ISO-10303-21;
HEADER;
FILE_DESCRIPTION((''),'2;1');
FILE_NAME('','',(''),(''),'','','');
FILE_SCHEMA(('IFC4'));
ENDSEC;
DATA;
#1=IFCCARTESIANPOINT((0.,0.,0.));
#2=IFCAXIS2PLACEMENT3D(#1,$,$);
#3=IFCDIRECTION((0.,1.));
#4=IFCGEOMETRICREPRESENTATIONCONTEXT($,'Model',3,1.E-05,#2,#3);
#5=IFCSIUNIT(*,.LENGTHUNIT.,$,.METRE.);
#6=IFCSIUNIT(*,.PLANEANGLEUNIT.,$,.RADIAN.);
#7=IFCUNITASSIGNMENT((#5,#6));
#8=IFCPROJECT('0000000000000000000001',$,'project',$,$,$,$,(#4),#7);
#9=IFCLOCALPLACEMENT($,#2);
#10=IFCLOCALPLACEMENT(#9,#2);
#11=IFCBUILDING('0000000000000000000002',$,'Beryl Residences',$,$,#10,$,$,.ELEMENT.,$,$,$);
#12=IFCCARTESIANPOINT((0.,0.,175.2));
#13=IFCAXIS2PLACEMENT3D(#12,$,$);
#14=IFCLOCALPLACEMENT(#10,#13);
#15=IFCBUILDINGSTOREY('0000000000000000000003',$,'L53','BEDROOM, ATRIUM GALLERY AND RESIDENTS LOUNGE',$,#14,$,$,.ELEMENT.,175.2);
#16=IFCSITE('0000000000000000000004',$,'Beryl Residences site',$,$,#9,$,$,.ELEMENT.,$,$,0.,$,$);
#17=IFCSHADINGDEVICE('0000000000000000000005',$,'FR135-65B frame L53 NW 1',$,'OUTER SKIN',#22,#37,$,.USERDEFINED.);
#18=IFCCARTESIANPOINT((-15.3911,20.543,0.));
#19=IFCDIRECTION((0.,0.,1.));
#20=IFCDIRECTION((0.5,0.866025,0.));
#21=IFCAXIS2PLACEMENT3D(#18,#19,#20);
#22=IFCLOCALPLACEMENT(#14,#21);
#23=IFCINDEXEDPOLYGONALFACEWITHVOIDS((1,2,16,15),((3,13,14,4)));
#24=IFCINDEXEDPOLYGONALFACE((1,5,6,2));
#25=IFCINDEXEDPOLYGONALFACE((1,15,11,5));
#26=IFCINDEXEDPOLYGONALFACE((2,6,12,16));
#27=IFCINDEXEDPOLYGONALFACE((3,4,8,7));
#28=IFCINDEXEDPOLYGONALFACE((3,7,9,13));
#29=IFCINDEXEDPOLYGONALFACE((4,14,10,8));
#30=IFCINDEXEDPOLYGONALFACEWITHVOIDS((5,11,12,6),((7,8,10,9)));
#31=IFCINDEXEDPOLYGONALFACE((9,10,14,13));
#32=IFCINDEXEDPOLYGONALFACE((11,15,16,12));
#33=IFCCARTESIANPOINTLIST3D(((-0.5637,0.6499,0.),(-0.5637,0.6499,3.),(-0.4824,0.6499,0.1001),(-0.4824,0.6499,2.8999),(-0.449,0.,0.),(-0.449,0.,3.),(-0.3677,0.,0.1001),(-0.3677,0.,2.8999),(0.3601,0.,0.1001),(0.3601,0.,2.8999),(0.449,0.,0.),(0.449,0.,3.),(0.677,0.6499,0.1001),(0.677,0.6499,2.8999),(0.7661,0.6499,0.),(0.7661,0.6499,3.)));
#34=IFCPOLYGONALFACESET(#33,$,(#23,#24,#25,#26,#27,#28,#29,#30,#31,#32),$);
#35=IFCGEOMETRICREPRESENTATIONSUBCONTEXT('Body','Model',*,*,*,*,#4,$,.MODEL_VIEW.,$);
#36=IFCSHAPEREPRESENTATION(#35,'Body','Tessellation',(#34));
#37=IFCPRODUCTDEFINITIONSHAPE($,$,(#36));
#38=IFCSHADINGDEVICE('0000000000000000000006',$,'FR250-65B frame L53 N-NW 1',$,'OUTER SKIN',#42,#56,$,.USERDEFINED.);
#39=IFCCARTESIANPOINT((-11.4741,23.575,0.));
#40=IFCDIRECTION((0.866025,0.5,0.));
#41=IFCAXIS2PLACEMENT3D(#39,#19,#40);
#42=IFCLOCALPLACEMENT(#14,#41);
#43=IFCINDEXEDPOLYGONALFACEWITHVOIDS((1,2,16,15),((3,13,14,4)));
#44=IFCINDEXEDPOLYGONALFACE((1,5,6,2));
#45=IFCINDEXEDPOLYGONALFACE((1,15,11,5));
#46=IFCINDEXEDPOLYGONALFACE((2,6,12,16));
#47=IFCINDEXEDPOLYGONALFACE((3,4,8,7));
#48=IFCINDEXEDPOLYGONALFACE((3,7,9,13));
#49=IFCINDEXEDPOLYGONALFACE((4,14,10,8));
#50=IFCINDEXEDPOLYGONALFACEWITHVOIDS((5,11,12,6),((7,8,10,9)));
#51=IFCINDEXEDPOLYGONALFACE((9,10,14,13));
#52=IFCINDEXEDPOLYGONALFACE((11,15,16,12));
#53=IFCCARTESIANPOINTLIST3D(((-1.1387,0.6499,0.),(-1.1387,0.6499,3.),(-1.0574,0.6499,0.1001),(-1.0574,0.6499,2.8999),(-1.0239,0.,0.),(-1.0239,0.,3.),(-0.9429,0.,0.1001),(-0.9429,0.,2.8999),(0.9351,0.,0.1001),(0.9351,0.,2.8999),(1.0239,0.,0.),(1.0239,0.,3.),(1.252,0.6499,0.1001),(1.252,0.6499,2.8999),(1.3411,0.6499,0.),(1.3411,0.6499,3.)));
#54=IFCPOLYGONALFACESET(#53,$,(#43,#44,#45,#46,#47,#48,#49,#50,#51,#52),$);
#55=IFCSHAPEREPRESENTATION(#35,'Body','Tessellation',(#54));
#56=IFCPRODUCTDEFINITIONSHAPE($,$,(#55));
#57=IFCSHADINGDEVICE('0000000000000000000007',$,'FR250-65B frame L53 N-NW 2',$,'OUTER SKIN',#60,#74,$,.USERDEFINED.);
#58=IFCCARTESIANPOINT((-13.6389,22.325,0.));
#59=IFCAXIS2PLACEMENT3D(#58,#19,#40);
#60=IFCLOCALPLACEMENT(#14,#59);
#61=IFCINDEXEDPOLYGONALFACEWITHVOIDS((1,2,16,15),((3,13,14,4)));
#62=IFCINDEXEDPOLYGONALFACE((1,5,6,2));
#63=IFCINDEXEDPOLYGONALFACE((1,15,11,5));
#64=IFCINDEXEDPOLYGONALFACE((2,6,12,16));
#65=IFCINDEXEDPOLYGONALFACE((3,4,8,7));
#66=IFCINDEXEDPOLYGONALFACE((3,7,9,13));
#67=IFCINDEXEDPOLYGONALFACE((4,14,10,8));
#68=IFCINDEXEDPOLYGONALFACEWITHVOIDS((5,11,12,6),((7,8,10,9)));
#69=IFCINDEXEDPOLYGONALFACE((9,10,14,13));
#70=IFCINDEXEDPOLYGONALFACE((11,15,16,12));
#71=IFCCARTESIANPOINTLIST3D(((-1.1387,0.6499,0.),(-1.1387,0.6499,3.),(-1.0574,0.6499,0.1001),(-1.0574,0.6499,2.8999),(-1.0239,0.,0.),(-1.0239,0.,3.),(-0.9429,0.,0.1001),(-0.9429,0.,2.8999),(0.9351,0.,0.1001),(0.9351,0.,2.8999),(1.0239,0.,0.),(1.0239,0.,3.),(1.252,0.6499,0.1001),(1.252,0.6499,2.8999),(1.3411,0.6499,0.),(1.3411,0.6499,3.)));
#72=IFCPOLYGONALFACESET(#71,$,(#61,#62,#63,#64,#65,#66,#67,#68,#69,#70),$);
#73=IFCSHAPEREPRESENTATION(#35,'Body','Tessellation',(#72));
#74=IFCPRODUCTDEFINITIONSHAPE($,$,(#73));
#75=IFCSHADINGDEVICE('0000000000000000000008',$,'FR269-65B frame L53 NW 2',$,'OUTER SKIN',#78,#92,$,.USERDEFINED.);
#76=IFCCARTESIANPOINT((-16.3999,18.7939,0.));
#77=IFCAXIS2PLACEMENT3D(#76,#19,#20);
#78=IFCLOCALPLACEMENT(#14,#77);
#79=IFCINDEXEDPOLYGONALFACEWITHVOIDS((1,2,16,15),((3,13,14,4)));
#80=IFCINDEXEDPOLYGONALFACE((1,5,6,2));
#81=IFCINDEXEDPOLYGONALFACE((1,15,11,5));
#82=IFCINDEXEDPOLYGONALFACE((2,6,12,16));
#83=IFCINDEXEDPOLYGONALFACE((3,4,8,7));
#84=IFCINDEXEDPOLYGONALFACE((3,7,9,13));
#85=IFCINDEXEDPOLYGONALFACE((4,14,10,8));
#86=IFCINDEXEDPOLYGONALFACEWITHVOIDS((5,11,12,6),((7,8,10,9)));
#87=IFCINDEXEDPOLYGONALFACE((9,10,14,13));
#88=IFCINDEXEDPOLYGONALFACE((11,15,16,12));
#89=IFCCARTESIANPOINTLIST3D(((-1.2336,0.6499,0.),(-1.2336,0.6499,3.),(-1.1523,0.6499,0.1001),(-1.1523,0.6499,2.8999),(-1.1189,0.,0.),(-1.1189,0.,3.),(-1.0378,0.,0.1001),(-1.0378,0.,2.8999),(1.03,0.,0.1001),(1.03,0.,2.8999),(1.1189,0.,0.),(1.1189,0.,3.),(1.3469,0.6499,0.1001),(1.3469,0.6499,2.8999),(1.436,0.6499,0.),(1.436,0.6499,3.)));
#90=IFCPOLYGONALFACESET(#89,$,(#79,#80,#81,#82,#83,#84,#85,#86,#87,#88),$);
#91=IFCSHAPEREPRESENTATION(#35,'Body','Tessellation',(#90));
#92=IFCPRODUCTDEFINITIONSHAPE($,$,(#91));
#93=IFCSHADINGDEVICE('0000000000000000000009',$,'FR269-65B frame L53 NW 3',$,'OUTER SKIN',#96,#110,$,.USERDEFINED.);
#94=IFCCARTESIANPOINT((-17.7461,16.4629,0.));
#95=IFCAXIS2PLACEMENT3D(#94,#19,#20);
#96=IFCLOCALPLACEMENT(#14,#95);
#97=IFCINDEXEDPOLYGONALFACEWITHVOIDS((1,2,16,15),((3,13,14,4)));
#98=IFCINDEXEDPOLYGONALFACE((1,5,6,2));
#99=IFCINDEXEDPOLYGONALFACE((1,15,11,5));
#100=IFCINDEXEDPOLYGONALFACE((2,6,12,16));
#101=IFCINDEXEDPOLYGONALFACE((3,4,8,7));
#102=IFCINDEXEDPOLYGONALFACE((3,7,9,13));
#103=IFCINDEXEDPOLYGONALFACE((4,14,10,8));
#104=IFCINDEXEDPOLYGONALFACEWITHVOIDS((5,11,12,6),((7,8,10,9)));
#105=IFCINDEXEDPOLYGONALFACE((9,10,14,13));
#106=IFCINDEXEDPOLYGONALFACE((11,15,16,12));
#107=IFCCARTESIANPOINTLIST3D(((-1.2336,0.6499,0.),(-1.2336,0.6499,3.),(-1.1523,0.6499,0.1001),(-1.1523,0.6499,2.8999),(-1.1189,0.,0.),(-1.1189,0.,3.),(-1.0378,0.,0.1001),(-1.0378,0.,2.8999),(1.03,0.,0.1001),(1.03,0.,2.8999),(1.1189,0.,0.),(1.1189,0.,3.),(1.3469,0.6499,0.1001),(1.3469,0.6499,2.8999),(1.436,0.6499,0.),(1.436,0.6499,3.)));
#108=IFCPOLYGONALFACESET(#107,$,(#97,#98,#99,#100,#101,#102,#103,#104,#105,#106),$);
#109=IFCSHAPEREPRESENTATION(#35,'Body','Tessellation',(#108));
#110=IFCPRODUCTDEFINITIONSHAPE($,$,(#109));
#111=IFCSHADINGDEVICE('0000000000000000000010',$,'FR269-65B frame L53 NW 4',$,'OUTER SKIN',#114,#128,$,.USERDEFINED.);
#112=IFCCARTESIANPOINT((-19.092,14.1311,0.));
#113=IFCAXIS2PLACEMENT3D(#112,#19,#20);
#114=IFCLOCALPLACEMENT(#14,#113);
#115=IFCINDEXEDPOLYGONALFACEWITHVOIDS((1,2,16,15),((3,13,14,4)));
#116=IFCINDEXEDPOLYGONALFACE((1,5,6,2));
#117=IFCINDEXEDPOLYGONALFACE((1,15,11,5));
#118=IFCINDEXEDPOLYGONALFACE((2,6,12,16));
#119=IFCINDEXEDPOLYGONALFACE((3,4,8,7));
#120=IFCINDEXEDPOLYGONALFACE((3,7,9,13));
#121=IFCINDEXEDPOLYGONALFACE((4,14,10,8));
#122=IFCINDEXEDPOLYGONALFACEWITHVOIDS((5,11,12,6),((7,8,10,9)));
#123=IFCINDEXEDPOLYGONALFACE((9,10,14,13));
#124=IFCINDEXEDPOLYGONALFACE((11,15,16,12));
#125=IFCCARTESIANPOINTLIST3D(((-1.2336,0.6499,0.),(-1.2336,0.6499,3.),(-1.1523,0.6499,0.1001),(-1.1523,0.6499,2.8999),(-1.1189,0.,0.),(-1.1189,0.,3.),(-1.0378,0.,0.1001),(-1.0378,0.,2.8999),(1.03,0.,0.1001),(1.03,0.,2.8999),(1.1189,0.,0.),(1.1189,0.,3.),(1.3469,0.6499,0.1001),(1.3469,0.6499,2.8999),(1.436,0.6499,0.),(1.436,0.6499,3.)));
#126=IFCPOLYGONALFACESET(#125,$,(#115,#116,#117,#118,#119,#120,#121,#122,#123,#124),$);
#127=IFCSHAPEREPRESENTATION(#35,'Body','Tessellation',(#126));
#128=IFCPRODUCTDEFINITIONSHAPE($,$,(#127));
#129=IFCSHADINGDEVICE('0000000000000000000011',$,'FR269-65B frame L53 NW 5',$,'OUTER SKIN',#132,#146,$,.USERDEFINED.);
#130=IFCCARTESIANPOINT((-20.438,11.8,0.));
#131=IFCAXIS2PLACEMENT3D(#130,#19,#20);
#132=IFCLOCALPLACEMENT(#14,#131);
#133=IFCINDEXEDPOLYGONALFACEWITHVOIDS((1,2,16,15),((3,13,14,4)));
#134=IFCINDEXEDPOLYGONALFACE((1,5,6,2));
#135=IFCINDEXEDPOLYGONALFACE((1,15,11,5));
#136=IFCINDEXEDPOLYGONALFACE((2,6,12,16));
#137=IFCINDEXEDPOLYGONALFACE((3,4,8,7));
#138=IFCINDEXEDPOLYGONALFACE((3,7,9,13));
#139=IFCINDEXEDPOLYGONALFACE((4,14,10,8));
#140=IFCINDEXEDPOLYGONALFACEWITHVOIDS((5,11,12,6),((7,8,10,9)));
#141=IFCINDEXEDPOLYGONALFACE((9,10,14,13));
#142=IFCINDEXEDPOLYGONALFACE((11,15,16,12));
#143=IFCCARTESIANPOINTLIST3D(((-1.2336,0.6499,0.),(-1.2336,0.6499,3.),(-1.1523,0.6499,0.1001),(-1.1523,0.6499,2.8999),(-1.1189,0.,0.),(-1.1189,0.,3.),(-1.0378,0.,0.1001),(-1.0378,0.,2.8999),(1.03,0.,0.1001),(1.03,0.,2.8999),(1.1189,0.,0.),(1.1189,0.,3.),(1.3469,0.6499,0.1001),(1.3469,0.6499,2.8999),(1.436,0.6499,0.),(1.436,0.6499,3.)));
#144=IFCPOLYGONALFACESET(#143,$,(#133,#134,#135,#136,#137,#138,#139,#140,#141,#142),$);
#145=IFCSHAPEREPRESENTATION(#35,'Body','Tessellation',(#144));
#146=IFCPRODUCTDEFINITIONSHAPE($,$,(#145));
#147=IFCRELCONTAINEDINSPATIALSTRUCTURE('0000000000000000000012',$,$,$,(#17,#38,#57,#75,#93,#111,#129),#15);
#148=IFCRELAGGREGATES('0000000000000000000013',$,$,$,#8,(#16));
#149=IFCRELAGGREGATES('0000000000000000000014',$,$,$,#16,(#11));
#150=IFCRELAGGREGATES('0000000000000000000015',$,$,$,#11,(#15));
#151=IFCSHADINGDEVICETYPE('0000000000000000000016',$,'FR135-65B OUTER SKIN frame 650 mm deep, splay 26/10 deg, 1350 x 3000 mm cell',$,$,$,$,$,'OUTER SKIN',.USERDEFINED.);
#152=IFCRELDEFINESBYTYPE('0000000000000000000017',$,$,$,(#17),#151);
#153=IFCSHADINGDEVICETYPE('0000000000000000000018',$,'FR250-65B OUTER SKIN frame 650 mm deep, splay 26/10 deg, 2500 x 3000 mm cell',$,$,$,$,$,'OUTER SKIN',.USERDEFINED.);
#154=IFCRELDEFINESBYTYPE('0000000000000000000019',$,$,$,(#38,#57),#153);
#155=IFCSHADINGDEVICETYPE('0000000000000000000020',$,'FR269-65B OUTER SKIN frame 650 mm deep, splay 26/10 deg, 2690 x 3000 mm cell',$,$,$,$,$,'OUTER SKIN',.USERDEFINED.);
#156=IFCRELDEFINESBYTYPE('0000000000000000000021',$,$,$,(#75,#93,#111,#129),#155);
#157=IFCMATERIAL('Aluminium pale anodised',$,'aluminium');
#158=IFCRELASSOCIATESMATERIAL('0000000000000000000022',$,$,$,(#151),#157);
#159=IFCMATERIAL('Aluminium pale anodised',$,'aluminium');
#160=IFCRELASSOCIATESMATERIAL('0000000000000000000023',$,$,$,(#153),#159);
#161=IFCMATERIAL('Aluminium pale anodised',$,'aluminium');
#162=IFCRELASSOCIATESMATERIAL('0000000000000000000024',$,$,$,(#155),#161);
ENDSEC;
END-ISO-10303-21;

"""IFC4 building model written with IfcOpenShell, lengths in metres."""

from ifc_helpers import new_model, entity, si_unit, direction, frame, origin, place, context, subcontext, project, spatial, source, transform, mapped, material, type_object, type_shapes, element, save


model = new_model("IFC4")

# Units and contexts
model_context = context("Model", 3, precision=1e-05, world=origin(), true_north=direction((0.0, 1.0)))
body_context = subcontext(model_context, "Body", "Model", "MODEL_VIEW")
ifc_project = project(units=[si_unit("LENGTHUNIT", "METRE"), si_unit("PLANEANGLEUNIT", "RADIAN")], contexts=[model_context])

# Site, building, storey
site_placement = place(None, origin())
site = spatial("IfcSite", under=ifc_project, at=site_placement, Name="Beryl Residences site", CompositionType="ELEMENT", RefElevation=0.0)
building_placement = place(site_placement, origin())
building = spatial("IfcBuilding", under=site, at=building_placement, Name="Beryl Residences", CompositionType="ELEMENT")
storey_placement = place(building_placement, frame((0.0, 0.0, 175.2)))
storey = spatial("IfcBuildingStorey", under=building, at=storey_placement, Name="L53", Description="BEDROOM, ATRIUM GALLERY AND RESIDENTS LOUNGE", CompositionType="ELEMENT", Elevation=175.2)

# Shading devices
ifc_material_1 = material(Name="Aluminium pale anodised", Category="aluminium")
shading_device_type_1 = type_object("IfcShadingDeviceType", Name="FR135-65B OUTER SKIN frame 650 mm deep, splay 26/10 deg, 1350 x 3000 mm cell", ElementType="OUTER SKIN", PredefinedType="USERDEFINED", material=ifc_material_1)
cartesian_point_1 = entity("IfcCartesianPoint", [-0.449, 0.0])
cartesian_point_2 = entity("IfcCartesianPoint", [-0.3601, 0.1001])
cartesian_point_3 = entity("IfcCartesianPoint", [-0.7661, 0.0])
cartesian_point_4 = entity("IfcCartesianPoint", [-0.677, 0.1001])
shared_shape_1 = source(origin(), body_context, "Body", "SweptSolid", [
    entity("IfcExtrudedAreaSolidTapered", entity("IfcArbitraryProfileDefWithVoids", "AREA", None, entity("IfcPolyline", [cartesian_point_1, entity("IfcCartesianPoint", [0.449, 0.0]), entity("IfcCartesianPoint", [0.449, 3.0]), entity("IfcCartesianPoint", [-0.449, 3.0]), cartesian_point_1]), [entity("IfcPolyline", [cartesian_point_2, entity("IfcCartesianPoint", [0.3677, 0.1001]), entity("IfcCartesianPoint", [0.3677, 2.8999]), entity("IfcCartesianPoint", [-0.3601, 2.8999]), cartesian_point_2])]), entity("IfcAxis2Placement3D", entity("IfcCartesianPoint", [0.0, 0.0, 0.0]), entity("IfcDirection", [0.0, 1.0, 0.0]), entity("IfcDirection", [-1.0, 0.0, 0.0])), entity("IfcDirection", [0.0, 0.0, 1.0]), 0.6499, entity("IfcArbitraryProfileDefWithVoids", "AREA", None, entity("IfcPolyline", [cartesian_point_3, entity("IfcCartesianPoint", [0.5637, 0.0]), entity("IfcCartesianPoint", [0.5637, 3.0]), entity("IfcCartesianPoint", [-0.7661, 3.0]), cartesian_point_3]), [entity("IfcPolyline", [cartesian_point_4, entity("IfcCartesianPoint", [0.4824, 0.1001]), entity("IfcCartesianPoint", [0.4824, 2.8999]), entity("IfcCartesianPoint", [-0.677, 2.8999]), cartesian_point_4])])),
])
type_shapes(shading_device_type_1, [shared_shape_1])
shading_device_placement = place(storey_placement, frame((-15.3911, 20.543, 0.0), z_axis=(0.0, 0.0, 1.0), x_axis=(0.5, 0.866025, 0.0)))
element("IfcShadingDevice", 1, at=shading_device_placement, inside=storey, type_object=shading_device_type_1, Name="FR135-65B frame L53 NW 1", ObjectType="OUTER SKIN", PredefinedType="USERDEFINED", context=body_context, shape_type="MappedRepresentation", body=[
    mapped(shared_shape_1, transform((0.0, 0.0, 0.0))),
])
ifc_material_2 = material(Name="Aluminium pale anodised", Category="aluminium")
shading_device_type_2 = type_object("IfcShadingDeviceType", Name="FR250-65B OUTER SKIN frame 650 mm deep, splay 26/10 deg, 2500 x 3000 mm cell", ElementType="OUTER SKIN", PredefinedType="USERDEFINED", material=ifc_material_2)
cartesian_point_5 = entity("IfcCartesianPoint", [-1.0239, 0.0])
cartesian_point_6 = entity("IfcCartesianPoint", [-0.9351, 0.1001])
cartesian_point_7 = entity("IfcCartesianPoint", [-1.3411, 0.0])
cartesian_point_8 = entity("IfcCartesianPoint", [-1.252, 0.1001])
shared_shape_2 = source(origin(), body_context, "Body", "SweptSolid", [
    entity("IfcExtrudedAreaSolidTapered", entity("IfcArbitraryProfileDefWithVoids", "AREA", None, entity("IfcPolyline", [cartesian_point_5, entity("IfcCartesianPoint", [1.0239, 0.0]), entity("IfcCartesianPoint", [1.0239, 3.0]), entity("IfcCartesianPoint", [-1.0239, 3.0]), cartesian_point_5]), [entity("IfcPolyline", [cartesian_point_6, entity("IfcCartesianPoint", [0.9429, 0.1001]), entity("IfcCartesianPoint", [0.9429, 2.8999]), entity("IfcCartesianPoint", [-0.9351, 2.8999]), cartesian_point_6])]), entity("IfcAxis2Placement3D", entity("IfcCartesianPoint", [0.0, 0.0, 0.0]), entity("IfcDirection", [0.0, 1.0, 0.0]), entity("IfcDirection", [-1.0, 0.0, 0.0])), entity("IfcDirection", [0.0, 0.0, 1.0]), 0.6499, entity("IfcArbitraryProfileDefWithVoids", "AREA", None, entity("IfcPolyline", [cartesian_point_7, entity("IfcCartesianPoint", [1.1387, 0.0]), entity("IfcCartesianPoint", [1.1387, 3.0]), entity("IfcCartesianPoint", [-1.3411, 3.0]), cartesian_point_7]), [entity("IfcPolyline", [cartesian_point_8, entity("IfcCartesianPoint", [1.0574, 0.1001]), entity("IfcCartesianPoint", [1.0574, 2.8999]), entity("IfcCartesianPoint", [-1.252, 2.8999]), cartesian_point_8])])),
])
type_shapes(shading_device_type_2, [shared_shape_2])
for number, where, z_axis, x_axis, name in (
    (2, (-11.4741, 23.575, 0.0), (0.0, 0.0, 1.0), (0.866025, 0.5, 0.0), "FR250-65B frame L53 N-NW 1"),
    (3, (-13.6389, 22.325, 0.0), (0.0, 0.0, 1.0), (0.866025, 0.5, 0.0), "FR250-65B frame L53 N-NW 2"),
):
    element("IfcShadingDevice", number, at=place(storey_placement, frame(where, z_axis=z_axis, x_axis=x_axis)), inside=storey, type_object=shading_device_type_2, Name=name, ObjectType="OUTER SKIN", PredefinedType="USERDEFINED", context=body_context, shape_type="MappedRepresentation", body=[
        mapped(shared_shape_2, transform((0.0, 0.0, 0.0))),
    ])
ifc_material_3 = material(Name="Aluminium pale anodised", Category="aluminium")
shading_device_type_3 = type_object("IfcShadingDeviceType", Name="FR269-65B OUTER SKIN frame 650 mm deep, splay 26/10 deg, 2690 x 3000 mm cell", ElementType="OUTER SKIN", PredefinedType="USERDEFINED", material=ifc_material_3)
cartesian_point_9 = entity("IfcCartesianPoint", [-1.1189, 0.0])
cartesian_point_10 = entity("IfcCartesianPoint", [-1.03, 0.1001])
cartesian_point_11 = entity("IfcCartesianPoint", [-1.436, 0.0])
cartesian_point_12 = entity("IfcCartesianPoint", [-1.3469, 0.1001])
shared_shape_3 = source(origin(), body_context, "Body", "SweptSolid", [
    entity("IfcExtrudedAreaSolidTapered", entity("IfcArbitraryProfileDefWithVoids", "AREA", None, entity("IfcPolyline", [cartesian_point_9, entity("IfcCartesianPoint", [1.1189, 0.0]), entity("IfcCartesianPoint", [1.1189, 3.0]), entity("IfcCartesianPoint", [-1.1189, 3.0]), cartesian_point_9]), [entity("IfcPolyline", [cartesian_point_10, entity("IfcCartesianPoint", [1.0378, 0.1001]), entity("IfcCartesianPoint", [1.0378, 2.8999]), entity("IfcCartesianPoint", [-1.03, 2.8999]), cartesian_point_10])]), entity("IfcAxis2Placement3D", entity("IfcCartesianPoint", [0.0, 0.0, 0.0]), entity("IfcDirection", [0.0, 1.0, 0.0]), entity("IfcDirection", [-1.0, 0.0, 0.0])), entity("IfcDirection", [0.0, 0.0, 1.0]), 0.6499, entity("IfcArbitraryProfileDefWithVoids", "AREA", None, entity("IfcPolyline", [cartesian_point_11, entity("IfcCartesianPoint", [1.2336, 0.0]), entity("IfcCartesianPoint", [1.2336, 3.0]), entity("IfcCartesianPoint", [-1.436, 3.0]), cartesian_point_11]), [entity("IfcPolyline", [cartesian_point_12, entity("IfcCartesianPoint", [1.1523, 0.1001]), entity("IfcCartesianPoint", [1.1523, 2.8999]), entity("IfcCartesianPoint", [-1.3469, 2.8999]), cartesian_point_12])])),
])
type_shapes(shading_device_type_3, [shared_shape_3])
for number, where, z_axis, x_axis, name in (
    (4, (-16.3999, 18.7939, 0.0), (0.0, 0.0, 1.0), (0.5, 0.866025, 0.0), "FR269-65B frame L53 NW 2"),
    (5, (-17.7461, 16.4629, 0.0), (0.0, 0.0, 1.0), (0.5, 0.866025, 0.0), "FR269-65B frame L53 NW 3"),
    (6, (-19.092, 14.1311, 0.0), (0.0, 0.0, 1.0), (0.5, 0.866025, 0.0), "FR269-65B frame L53 NW 4"),
    (7, (-20.438, 11.8, 0.0), (0.0, 0.0, 1.0), (0.5, 0.866025, 0.0), "FR269-65B frame L53 NW 5"),
):
    element("IfcShadingDevice", number, at=place(storey_placement, frame(where, z_axis=z_axis, x_axis=x_axis)), inside=storey, type_object=shading_device_type_3, Name=name, ObjectType="OUTER SKIN", PredefinedType="USERDEFINED", context=body_context, shape_type="MappedRepresentation", body=[
        mapped(shared_shape_3, transform((0.0, 0.0, 0.0))),
    ])

save(model, "model.ifc")
